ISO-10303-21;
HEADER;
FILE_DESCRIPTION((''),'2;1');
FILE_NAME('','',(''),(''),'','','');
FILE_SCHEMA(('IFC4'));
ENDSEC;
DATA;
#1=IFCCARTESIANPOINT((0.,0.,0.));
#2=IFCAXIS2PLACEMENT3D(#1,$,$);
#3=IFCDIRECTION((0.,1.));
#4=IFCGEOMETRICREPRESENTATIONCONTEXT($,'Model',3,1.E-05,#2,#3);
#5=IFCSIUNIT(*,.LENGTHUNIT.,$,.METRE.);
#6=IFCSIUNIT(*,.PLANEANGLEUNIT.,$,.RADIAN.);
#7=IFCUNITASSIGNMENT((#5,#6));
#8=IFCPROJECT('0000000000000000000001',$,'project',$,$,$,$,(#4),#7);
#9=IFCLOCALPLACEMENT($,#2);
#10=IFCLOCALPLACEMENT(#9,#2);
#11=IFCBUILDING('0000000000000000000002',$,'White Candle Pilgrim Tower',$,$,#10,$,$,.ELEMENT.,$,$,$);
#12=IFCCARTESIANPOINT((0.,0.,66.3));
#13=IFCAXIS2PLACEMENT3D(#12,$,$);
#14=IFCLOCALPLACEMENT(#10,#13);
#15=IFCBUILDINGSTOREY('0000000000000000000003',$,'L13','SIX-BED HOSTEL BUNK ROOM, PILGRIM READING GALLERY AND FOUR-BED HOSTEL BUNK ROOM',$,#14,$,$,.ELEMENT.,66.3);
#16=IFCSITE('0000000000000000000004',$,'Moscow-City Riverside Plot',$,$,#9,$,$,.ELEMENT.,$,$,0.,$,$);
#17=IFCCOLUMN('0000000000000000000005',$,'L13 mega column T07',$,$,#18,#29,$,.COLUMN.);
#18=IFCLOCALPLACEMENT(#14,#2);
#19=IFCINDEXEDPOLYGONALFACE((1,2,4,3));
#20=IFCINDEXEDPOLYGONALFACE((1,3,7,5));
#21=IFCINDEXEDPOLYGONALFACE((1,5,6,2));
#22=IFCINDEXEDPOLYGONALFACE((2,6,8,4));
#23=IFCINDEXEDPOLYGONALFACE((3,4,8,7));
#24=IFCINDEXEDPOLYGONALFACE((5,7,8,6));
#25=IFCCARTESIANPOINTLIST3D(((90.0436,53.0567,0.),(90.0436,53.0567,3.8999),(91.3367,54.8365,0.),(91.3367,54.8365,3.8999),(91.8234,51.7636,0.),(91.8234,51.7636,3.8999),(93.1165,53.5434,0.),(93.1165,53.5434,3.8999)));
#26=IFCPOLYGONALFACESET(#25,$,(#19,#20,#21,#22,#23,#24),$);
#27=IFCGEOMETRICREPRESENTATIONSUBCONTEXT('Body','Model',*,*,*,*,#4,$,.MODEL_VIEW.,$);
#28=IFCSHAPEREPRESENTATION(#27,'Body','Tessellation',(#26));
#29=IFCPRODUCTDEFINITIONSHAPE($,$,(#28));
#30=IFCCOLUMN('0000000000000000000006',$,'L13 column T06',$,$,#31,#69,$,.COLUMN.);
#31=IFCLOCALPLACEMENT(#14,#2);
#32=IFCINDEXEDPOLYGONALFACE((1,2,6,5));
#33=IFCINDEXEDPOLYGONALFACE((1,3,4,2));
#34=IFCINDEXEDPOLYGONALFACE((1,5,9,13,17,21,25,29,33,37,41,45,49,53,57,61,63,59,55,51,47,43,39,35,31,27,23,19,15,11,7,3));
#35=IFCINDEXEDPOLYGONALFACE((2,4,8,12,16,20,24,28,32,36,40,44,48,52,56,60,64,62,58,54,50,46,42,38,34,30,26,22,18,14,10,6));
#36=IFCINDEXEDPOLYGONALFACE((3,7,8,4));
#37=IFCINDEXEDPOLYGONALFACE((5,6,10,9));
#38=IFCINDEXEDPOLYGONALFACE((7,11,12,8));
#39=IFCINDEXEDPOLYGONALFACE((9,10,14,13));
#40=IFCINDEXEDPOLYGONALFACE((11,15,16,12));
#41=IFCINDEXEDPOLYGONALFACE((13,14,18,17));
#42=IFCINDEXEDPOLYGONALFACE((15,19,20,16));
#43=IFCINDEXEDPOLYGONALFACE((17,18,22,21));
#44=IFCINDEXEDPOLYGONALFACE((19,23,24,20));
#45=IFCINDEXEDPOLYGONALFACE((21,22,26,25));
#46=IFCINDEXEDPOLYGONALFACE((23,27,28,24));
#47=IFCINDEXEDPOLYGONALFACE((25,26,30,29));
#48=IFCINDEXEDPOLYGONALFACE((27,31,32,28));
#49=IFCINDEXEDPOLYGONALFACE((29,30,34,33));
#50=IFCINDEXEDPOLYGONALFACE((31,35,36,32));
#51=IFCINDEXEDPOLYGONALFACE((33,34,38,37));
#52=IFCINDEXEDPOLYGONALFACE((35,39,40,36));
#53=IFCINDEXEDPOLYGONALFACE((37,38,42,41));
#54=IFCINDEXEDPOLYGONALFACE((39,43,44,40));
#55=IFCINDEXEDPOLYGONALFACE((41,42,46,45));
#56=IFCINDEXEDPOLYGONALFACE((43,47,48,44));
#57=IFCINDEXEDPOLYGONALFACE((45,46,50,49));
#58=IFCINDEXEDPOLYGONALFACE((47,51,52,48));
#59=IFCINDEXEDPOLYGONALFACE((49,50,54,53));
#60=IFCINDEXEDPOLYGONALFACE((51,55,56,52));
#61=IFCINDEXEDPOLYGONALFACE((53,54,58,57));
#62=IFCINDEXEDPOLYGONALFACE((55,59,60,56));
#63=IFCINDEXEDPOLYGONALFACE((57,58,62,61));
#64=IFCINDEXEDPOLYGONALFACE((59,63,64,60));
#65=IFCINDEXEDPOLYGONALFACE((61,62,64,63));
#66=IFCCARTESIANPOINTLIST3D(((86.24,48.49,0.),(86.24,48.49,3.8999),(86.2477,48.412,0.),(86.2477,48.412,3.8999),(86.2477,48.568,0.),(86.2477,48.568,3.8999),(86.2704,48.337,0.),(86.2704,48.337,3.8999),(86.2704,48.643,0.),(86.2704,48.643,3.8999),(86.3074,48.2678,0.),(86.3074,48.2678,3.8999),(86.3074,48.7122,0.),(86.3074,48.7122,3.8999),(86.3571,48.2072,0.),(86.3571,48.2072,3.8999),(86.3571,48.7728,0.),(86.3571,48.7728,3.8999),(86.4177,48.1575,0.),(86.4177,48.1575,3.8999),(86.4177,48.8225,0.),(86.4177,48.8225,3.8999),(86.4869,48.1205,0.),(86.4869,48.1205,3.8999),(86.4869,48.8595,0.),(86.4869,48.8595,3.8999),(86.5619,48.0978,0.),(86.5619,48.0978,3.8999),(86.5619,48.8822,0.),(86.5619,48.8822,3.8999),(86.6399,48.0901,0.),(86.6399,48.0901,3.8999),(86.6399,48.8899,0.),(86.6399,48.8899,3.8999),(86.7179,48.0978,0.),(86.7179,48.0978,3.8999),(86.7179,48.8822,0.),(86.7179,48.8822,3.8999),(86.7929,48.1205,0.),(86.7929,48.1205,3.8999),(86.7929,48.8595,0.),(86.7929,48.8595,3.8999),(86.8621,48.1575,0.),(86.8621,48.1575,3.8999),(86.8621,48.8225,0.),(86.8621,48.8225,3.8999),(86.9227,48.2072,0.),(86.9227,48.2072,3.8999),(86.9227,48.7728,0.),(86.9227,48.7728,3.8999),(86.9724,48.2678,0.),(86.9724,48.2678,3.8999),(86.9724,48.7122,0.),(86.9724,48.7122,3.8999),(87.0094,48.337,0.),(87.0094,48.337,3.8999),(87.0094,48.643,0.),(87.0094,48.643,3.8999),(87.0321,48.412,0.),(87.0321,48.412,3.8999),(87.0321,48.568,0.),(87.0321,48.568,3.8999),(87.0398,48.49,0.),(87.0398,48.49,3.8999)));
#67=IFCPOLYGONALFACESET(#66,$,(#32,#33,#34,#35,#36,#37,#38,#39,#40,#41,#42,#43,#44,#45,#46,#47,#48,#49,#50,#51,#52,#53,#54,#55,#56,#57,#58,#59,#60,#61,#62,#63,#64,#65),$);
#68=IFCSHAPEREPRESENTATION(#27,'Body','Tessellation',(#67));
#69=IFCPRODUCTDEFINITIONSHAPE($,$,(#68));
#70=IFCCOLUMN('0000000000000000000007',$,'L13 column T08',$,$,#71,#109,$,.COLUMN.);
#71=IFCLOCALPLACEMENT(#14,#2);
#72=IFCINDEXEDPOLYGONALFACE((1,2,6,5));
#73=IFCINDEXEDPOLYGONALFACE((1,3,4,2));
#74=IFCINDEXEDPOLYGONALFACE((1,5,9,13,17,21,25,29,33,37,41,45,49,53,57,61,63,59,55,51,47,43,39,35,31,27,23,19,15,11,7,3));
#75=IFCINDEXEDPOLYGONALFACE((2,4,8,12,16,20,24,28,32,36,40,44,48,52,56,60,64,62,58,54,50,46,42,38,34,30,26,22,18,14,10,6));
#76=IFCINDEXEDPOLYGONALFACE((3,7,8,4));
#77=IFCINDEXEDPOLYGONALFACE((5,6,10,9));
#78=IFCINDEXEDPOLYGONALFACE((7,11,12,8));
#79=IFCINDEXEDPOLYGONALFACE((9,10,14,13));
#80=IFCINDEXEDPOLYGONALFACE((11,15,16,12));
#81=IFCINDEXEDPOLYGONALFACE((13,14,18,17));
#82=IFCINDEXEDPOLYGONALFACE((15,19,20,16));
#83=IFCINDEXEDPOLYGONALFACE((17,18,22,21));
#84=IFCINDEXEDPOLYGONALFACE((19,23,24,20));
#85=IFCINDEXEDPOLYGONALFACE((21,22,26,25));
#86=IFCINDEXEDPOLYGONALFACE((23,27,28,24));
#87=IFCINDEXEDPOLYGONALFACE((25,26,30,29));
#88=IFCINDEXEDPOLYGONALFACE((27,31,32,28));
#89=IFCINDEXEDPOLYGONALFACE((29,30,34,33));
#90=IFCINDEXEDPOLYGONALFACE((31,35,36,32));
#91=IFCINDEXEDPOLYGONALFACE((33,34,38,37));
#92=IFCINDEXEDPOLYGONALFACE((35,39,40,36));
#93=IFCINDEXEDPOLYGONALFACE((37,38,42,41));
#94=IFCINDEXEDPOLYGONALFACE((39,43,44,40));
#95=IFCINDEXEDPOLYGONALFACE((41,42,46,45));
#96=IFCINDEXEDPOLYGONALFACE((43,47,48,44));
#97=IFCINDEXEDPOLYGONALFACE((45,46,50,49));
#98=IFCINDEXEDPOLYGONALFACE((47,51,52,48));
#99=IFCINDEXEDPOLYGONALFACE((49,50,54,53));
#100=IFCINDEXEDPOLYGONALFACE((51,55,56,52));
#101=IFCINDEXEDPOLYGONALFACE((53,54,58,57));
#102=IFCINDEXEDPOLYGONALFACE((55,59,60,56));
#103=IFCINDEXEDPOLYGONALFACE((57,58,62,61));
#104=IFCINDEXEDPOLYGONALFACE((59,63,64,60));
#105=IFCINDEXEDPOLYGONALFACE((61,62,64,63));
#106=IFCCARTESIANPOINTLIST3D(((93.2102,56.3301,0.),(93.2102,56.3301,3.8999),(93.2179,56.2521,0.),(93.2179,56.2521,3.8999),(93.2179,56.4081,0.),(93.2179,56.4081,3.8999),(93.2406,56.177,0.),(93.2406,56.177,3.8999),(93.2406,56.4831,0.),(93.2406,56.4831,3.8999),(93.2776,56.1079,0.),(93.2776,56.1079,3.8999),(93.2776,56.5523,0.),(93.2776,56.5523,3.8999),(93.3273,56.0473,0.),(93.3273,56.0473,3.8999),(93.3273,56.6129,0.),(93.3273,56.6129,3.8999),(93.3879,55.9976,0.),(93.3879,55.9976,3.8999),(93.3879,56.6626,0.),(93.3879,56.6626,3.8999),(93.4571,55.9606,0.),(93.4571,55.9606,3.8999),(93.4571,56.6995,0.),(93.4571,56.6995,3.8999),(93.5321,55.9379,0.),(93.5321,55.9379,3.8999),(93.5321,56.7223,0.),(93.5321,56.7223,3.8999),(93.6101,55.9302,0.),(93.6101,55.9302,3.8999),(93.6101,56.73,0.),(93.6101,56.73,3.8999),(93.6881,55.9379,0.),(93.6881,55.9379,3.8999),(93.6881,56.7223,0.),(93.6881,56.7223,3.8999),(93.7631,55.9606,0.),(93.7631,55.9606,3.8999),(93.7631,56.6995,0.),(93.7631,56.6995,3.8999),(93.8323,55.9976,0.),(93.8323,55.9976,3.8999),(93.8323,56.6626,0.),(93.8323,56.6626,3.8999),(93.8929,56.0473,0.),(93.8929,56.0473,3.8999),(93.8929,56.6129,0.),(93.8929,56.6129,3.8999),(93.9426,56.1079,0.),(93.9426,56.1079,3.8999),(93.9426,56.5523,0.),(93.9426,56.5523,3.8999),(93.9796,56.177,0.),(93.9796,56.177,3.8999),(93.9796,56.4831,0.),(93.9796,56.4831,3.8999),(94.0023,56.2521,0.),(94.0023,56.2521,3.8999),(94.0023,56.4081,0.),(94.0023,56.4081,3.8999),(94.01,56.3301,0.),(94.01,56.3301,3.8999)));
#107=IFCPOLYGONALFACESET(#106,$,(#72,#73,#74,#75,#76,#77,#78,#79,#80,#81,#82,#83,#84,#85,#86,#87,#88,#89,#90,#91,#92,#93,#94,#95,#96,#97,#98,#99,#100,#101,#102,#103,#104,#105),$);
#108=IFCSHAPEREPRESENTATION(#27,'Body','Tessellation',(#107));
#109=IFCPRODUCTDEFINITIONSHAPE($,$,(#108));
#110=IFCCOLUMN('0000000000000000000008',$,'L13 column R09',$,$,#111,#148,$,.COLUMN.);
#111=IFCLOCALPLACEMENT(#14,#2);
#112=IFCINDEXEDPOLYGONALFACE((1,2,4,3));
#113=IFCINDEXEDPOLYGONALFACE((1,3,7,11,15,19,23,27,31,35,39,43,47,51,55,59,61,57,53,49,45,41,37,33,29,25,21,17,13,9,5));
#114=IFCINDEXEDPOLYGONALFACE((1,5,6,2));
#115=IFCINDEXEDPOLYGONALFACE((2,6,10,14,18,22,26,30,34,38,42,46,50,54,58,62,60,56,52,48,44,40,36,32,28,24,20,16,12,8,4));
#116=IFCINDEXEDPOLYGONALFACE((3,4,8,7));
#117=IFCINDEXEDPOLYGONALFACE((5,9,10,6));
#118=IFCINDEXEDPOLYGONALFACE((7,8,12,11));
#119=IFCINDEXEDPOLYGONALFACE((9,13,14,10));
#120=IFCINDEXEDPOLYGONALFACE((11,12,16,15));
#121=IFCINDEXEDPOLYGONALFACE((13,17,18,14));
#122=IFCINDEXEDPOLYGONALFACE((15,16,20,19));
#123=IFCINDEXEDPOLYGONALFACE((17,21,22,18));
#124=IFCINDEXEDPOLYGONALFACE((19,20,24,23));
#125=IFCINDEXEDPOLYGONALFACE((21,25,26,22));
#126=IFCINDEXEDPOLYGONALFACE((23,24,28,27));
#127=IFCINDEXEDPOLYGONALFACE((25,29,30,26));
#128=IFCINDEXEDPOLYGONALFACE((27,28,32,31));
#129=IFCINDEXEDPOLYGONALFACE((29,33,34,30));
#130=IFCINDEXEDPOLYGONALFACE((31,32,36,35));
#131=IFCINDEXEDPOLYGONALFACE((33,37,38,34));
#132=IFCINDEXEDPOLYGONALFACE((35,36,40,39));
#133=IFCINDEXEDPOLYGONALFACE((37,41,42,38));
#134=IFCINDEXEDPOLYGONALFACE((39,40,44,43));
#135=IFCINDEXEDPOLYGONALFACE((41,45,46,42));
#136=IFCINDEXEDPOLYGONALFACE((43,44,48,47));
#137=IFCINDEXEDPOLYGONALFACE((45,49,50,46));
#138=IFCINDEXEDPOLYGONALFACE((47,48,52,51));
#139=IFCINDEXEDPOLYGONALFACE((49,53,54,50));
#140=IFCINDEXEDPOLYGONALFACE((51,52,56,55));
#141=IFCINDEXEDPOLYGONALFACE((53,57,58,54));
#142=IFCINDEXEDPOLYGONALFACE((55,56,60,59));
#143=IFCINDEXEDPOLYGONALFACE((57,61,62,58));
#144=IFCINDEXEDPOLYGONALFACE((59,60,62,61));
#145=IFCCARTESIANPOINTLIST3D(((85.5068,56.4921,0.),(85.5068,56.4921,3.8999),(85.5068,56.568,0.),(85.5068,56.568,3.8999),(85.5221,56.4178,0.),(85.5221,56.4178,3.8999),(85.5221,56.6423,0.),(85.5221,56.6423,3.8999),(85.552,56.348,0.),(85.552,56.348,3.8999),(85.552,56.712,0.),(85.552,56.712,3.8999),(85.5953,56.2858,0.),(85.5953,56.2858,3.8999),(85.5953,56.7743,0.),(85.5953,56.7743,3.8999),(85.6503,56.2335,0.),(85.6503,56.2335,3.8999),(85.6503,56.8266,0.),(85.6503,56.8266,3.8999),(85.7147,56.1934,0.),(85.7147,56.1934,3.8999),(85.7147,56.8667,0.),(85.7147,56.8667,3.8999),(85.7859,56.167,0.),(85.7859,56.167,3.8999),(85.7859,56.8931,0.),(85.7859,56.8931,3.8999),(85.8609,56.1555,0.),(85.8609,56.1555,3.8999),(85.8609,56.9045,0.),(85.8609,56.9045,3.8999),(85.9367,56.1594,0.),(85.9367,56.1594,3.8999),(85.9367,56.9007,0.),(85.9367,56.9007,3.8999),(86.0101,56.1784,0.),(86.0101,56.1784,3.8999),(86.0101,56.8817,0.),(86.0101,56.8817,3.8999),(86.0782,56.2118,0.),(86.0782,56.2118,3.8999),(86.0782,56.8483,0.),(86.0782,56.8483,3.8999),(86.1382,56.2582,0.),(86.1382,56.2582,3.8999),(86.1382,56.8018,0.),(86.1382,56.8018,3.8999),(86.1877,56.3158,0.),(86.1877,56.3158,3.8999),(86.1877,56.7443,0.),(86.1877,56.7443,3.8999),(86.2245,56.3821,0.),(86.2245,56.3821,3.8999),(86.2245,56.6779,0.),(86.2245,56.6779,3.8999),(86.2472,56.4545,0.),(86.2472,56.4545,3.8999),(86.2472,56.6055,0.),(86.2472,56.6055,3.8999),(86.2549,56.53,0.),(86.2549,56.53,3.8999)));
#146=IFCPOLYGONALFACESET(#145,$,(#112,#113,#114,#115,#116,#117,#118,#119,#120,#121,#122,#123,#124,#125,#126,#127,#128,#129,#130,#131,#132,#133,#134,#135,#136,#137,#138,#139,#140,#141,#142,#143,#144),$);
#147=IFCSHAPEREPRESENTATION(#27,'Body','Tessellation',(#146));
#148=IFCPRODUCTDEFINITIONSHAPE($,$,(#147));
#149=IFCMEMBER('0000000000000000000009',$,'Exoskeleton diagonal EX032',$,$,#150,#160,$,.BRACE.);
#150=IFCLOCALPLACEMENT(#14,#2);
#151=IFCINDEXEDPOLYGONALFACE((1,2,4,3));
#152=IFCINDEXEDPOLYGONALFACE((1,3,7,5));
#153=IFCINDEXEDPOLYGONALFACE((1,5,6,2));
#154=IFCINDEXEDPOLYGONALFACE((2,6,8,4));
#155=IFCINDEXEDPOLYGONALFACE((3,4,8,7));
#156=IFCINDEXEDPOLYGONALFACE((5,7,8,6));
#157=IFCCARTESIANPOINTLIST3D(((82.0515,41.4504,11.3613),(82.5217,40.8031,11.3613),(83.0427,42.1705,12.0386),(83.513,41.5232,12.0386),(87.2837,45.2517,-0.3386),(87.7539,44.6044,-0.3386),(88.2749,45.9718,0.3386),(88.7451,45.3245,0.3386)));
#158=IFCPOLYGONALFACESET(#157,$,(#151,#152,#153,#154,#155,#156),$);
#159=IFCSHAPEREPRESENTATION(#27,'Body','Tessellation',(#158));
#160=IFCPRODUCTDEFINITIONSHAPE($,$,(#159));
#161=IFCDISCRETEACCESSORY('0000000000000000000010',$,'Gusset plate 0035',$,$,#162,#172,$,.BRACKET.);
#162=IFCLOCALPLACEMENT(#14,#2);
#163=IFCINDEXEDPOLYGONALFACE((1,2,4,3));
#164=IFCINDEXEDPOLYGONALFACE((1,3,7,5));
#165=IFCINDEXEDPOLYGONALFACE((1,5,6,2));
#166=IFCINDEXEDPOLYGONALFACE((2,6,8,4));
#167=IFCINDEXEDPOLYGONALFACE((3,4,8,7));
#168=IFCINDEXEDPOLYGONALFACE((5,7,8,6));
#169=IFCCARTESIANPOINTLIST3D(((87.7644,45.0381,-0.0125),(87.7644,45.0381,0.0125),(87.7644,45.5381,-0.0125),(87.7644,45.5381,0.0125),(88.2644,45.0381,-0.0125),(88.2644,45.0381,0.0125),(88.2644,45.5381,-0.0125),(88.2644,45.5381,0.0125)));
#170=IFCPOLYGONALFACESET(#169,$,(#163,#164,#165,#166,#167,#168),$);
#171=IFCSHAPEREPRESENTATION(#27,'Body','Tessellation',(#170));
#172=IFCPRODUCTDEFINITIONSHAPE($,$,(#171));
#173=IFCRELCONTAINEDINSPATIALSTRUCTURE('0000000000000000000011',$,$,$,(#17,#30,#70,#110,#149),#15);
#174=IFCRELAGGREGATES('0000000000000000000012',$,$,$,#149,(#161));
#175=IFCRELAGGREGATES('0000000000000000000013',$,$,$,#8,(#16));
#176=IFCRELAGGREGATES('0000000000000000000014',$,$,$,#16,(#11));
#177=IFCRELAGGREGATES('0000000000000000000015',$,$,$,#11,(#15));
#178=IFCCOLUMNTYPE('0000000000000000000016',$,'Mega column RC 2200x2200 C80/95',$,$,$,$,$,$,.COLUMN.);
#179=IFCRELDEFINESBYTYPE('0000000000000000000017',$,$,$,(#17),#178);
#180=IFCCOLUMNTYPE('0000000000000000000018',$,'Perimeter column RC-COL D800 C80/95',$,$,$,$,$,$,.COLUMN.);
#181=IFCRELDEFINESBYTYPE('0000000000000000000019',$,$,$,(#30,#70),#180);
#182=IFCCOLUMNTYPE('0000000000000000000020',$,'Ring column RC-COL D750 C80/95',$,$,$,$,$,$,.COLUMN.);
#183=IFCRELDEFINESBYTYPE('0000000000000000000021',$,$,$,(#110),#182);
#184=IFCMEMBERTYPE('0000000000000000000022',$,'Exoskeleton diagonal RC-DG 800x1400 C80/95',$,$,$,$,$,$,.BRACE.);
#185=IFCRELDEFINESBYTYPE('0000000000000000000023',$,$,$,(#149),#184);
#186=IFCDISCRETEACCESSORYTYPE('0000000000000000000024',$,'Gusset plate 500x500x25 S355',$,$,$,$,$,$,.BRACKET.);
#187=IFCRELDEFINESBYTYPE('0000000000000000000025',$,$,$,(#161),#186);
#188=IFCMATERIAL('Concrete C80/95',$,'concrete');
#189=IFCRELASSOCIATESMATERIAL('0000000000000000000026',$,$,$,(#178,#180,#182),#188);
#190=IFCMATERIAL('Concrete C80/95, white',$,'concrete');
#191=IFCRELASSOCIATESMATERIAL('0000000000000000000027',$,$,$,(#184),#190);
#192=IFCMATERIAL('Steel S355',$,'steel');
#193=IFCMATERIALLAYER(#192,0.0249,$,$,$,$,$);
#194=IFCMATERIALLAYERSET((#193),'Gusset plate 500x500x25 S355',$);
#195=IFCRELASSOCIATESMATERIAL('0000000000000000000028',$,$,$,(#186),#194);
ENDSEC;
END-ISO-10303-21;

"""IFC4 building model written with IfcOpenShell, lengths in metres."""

from ifc_helpers import new_model, si_unit, direction, frame, origin, origin_2d, place, context, subcontext, project, spatial, rectangle, circle, extrude, material, layer, layer_set, material_profile, profile_set, type_object, element, aggregate, save


model = new_model("IFC4")

# Units and contexts
model_context = context("Model", 3, precision=1e-05, world=origin(), true_north=direction((0.0, 1.0)))
body_context = subcontext(model_context, "Body", "Model", "MODEL_VIEW")
ifc_project = project(units=[si_unit("LENGTHUNIT", "METRE"), si_unit("PLANEANGLEUNIT", "RADIAN")], contexts=[model_context])

# Site, building, storey
site_placement = place(None, origin())
site = spatial("IfcSite", under=ifc_project, at=site_placement, Name="Moscow-City Riverside Plot", CompositionType="ELEMENT", RefElevation=0.0)
building_placement = place(site_placement, origin())
building = spatial("IfcBuilding", under=site, at=building_placement, Name="White Candle Pilgrim Tower", CompositionType="ELEMENT")
storey_placement = place(building_placement, frame((0.0, 0.0, 66.3)))
storey = spatial("IfcBuildingStorey", under=building, at=storey_placement, Name="L13", Description="SIX-BED HOSTEL BUNK ROOM, PILGRIM READING GALLERY AND FOUR-BED HOSTEL BUNK ROOM", CompositionType="ELEMENT", Elevation=66.3)

# Columns
ifc_material_1 = material(Name="Concrete C80/95", Category="concrete")
ifc_material_profile_1 = material_profile(ifc_material_1, rectangle(XDim=2.2, YDim=2.2, at=origin_2d()), Name="RC 2200x2200")
ifc_profile_set_1 = profile_set([ifc_material_profile_1], Name="Concrete C80/95")
column_type_1 = type_object("IfcColumnType", Name="Mega column RC 2200x2200 C80/95", PredefinedType="COLUMN", material=ifc_profile_set_1)
column_1_placement = place(storey_placement, frame((91.5801, 53.3, 0.0), z_axis=(0.0, 0.0, 1.0), x_axis=(0.809017, -0.587785, 0.0)))
element("IfcColumn", 1, at=column_1_placement, inside=storey, type_object=column_type_1, Name="L13 mega column T07", PredefinedType="COLUMN", context=body_context, shape_type="SweptSolid", body=[
    extrude(rectangle(XDim=2.2, YDim=2.2, at=origin_2d()), origin(), (0.0, 0.0, 1.0), 3.8999),
])
ifc_material_profile_2 = material_profile(ifc_material_1, circle(Radius=0.3999, at=origin_2d()), Name="RC-COL D800")
ifc_profile_set_2 = profile_set([ifc_material_profile_2], Name="Concrete C80/95")
column_type_2 = type_object("IfcColumnType", Name="Perimeter column RC-COL D800 C80/95", PredefinedType="COLUMN", material=ifc_profile_set_2)
for number, where, z_axis, x_axis, name in (
    (2, (86.6399, 48.49, 0.0), (0.0, 0.0, 1.0), (1.0, 0.0, 0.0), "L13 column T06"),
    (3, (93.6101, 56.3301, 0.0), (0.0, 0.0, 1.0), (1.0, 0.0, 0.0), "L13 column T08"),
):
    element("IfcColumn", number, at=place(storey_placement, frame(where, z_axis=z_axis, x_axis=x_axis)), inside=storey, type_object=column_type_2, Name=name, PredefinedType="COLUMN", context=body_context, shape_type="SweptSolid", body=[
        extrude(circle(Radius=0.3999, at=origin_2d()), origin(), (0.0, 0.0, 1.0), 3.8999),
    ])
ifc_material_profile_3 = material_profile(ifc_material_1, circle(Radius=0.375, at=origin_2d()), Name="RC-COL D750")
ifc_profile_set_3 = profile_set([ifc_material_profile_3], Name="Concrete C80/95")
column_type_3 = type_object("IfcColumnType", Name="Ring column RC-COL D750 C80/95", PredefinedType="COLUMN", material=ifc_profile_set_3)
column_2_placement = place(storey_placement, frame((85.8799, 56.53, 0.0), z_axis=(0.0, 0.0, 1.0), x_axis=(1.0, 0.0, 0.0)))
element("IfcColumn", 4, at=column_2_placement, inside=storey, type_object=column_type_3, Name="L13 column R09", PredefinedType="COLUMN", context=body_context, shape_type="SweptSolid", body=[
    extrude(circle(Radius=0.375, at=origin_2d()), origin(), (0.0, 0.0, 1.0), 3.8999),
])

# Member
ifc_material_2 = material(Name="Concrete C80/95, white", Category="concrete")
ifc_material_profile_4 = material_profile(ifc_material_2, rectangle(XDim=0.8, YDim=1.3999, at=origin_2d()), Name="RC-DG 800x1400")
ifc_profile_set_4 = profile_set([ifc_material_profile_4], Name="Concrete C80/95, white")
member_type_1 = type_object("IfcMemberType", Name="Exoskeleton diagonal RC-DG 800x1400 C80/95", PredefinedType="BRACE", material=ifc_profile_set_4)
member_1_placement = place(storey_placement, frame((88.0144, 45.2881, 0.0), z_axis=(-0.391384, -0.284347, 0.875194), x_axis=(0.587772, -0.809027, 0.0)))
member_1 = element("IfcMember", 5, at=member_1_placement, inside=storey, type_object=member_type_1, Name="Exoskeleton diagonal EX032", PredefinedType="BRACE", context=body_context, shape_type="SweptSolid", body=[
    extrude(rectangle(XDim=0.8, YDim=1.3999, at=origin_2d()), origin(), (0.0, 0.0, 1.0), 13.3684),
])

# Discrete accessory
ifc_material_3 = material(Name="Steel S355", Category="steel")
ifc_layer_1 = layer(ifc_material_3, 0.0249)
ifc_layer_set_1 = layer_set([ifc_layer_1], Name="Gusset plate 500x500x25 S355")
discrete_accessory_type = type_object("IfcDiscreteAccessoryType", Name="Gusset plate 500x500x25 S355", PredefinedType="BRACKET", material=ifc_layer_set_1)
discrete_accessory_1_placement = place(storey_placement, frame((88.0144, 45.2881, -0.0125), z_axis=(0.0, 0.0, 1.0), x_axis=(1.0, 0.0, 0.0)))
discrete_accessory_1 = element("IfcDiscreteAccessory", 6, at=discrete_accessory_1_placement, type_object=discrete_accessory_type, Name="Gusset plate 0035", PredefinedType="BRACKET", context=body_context, shape_type="SweptSolid", body=[
    extrude(rectangle(XDim=0.5, YDim=0.5, at=origin_2d()), origin(), (0.0, 0.0, 1.0), 0.0249),
])
aggregate(member_1, [discrete_accessory_1])

save(model, "model.ifc")
